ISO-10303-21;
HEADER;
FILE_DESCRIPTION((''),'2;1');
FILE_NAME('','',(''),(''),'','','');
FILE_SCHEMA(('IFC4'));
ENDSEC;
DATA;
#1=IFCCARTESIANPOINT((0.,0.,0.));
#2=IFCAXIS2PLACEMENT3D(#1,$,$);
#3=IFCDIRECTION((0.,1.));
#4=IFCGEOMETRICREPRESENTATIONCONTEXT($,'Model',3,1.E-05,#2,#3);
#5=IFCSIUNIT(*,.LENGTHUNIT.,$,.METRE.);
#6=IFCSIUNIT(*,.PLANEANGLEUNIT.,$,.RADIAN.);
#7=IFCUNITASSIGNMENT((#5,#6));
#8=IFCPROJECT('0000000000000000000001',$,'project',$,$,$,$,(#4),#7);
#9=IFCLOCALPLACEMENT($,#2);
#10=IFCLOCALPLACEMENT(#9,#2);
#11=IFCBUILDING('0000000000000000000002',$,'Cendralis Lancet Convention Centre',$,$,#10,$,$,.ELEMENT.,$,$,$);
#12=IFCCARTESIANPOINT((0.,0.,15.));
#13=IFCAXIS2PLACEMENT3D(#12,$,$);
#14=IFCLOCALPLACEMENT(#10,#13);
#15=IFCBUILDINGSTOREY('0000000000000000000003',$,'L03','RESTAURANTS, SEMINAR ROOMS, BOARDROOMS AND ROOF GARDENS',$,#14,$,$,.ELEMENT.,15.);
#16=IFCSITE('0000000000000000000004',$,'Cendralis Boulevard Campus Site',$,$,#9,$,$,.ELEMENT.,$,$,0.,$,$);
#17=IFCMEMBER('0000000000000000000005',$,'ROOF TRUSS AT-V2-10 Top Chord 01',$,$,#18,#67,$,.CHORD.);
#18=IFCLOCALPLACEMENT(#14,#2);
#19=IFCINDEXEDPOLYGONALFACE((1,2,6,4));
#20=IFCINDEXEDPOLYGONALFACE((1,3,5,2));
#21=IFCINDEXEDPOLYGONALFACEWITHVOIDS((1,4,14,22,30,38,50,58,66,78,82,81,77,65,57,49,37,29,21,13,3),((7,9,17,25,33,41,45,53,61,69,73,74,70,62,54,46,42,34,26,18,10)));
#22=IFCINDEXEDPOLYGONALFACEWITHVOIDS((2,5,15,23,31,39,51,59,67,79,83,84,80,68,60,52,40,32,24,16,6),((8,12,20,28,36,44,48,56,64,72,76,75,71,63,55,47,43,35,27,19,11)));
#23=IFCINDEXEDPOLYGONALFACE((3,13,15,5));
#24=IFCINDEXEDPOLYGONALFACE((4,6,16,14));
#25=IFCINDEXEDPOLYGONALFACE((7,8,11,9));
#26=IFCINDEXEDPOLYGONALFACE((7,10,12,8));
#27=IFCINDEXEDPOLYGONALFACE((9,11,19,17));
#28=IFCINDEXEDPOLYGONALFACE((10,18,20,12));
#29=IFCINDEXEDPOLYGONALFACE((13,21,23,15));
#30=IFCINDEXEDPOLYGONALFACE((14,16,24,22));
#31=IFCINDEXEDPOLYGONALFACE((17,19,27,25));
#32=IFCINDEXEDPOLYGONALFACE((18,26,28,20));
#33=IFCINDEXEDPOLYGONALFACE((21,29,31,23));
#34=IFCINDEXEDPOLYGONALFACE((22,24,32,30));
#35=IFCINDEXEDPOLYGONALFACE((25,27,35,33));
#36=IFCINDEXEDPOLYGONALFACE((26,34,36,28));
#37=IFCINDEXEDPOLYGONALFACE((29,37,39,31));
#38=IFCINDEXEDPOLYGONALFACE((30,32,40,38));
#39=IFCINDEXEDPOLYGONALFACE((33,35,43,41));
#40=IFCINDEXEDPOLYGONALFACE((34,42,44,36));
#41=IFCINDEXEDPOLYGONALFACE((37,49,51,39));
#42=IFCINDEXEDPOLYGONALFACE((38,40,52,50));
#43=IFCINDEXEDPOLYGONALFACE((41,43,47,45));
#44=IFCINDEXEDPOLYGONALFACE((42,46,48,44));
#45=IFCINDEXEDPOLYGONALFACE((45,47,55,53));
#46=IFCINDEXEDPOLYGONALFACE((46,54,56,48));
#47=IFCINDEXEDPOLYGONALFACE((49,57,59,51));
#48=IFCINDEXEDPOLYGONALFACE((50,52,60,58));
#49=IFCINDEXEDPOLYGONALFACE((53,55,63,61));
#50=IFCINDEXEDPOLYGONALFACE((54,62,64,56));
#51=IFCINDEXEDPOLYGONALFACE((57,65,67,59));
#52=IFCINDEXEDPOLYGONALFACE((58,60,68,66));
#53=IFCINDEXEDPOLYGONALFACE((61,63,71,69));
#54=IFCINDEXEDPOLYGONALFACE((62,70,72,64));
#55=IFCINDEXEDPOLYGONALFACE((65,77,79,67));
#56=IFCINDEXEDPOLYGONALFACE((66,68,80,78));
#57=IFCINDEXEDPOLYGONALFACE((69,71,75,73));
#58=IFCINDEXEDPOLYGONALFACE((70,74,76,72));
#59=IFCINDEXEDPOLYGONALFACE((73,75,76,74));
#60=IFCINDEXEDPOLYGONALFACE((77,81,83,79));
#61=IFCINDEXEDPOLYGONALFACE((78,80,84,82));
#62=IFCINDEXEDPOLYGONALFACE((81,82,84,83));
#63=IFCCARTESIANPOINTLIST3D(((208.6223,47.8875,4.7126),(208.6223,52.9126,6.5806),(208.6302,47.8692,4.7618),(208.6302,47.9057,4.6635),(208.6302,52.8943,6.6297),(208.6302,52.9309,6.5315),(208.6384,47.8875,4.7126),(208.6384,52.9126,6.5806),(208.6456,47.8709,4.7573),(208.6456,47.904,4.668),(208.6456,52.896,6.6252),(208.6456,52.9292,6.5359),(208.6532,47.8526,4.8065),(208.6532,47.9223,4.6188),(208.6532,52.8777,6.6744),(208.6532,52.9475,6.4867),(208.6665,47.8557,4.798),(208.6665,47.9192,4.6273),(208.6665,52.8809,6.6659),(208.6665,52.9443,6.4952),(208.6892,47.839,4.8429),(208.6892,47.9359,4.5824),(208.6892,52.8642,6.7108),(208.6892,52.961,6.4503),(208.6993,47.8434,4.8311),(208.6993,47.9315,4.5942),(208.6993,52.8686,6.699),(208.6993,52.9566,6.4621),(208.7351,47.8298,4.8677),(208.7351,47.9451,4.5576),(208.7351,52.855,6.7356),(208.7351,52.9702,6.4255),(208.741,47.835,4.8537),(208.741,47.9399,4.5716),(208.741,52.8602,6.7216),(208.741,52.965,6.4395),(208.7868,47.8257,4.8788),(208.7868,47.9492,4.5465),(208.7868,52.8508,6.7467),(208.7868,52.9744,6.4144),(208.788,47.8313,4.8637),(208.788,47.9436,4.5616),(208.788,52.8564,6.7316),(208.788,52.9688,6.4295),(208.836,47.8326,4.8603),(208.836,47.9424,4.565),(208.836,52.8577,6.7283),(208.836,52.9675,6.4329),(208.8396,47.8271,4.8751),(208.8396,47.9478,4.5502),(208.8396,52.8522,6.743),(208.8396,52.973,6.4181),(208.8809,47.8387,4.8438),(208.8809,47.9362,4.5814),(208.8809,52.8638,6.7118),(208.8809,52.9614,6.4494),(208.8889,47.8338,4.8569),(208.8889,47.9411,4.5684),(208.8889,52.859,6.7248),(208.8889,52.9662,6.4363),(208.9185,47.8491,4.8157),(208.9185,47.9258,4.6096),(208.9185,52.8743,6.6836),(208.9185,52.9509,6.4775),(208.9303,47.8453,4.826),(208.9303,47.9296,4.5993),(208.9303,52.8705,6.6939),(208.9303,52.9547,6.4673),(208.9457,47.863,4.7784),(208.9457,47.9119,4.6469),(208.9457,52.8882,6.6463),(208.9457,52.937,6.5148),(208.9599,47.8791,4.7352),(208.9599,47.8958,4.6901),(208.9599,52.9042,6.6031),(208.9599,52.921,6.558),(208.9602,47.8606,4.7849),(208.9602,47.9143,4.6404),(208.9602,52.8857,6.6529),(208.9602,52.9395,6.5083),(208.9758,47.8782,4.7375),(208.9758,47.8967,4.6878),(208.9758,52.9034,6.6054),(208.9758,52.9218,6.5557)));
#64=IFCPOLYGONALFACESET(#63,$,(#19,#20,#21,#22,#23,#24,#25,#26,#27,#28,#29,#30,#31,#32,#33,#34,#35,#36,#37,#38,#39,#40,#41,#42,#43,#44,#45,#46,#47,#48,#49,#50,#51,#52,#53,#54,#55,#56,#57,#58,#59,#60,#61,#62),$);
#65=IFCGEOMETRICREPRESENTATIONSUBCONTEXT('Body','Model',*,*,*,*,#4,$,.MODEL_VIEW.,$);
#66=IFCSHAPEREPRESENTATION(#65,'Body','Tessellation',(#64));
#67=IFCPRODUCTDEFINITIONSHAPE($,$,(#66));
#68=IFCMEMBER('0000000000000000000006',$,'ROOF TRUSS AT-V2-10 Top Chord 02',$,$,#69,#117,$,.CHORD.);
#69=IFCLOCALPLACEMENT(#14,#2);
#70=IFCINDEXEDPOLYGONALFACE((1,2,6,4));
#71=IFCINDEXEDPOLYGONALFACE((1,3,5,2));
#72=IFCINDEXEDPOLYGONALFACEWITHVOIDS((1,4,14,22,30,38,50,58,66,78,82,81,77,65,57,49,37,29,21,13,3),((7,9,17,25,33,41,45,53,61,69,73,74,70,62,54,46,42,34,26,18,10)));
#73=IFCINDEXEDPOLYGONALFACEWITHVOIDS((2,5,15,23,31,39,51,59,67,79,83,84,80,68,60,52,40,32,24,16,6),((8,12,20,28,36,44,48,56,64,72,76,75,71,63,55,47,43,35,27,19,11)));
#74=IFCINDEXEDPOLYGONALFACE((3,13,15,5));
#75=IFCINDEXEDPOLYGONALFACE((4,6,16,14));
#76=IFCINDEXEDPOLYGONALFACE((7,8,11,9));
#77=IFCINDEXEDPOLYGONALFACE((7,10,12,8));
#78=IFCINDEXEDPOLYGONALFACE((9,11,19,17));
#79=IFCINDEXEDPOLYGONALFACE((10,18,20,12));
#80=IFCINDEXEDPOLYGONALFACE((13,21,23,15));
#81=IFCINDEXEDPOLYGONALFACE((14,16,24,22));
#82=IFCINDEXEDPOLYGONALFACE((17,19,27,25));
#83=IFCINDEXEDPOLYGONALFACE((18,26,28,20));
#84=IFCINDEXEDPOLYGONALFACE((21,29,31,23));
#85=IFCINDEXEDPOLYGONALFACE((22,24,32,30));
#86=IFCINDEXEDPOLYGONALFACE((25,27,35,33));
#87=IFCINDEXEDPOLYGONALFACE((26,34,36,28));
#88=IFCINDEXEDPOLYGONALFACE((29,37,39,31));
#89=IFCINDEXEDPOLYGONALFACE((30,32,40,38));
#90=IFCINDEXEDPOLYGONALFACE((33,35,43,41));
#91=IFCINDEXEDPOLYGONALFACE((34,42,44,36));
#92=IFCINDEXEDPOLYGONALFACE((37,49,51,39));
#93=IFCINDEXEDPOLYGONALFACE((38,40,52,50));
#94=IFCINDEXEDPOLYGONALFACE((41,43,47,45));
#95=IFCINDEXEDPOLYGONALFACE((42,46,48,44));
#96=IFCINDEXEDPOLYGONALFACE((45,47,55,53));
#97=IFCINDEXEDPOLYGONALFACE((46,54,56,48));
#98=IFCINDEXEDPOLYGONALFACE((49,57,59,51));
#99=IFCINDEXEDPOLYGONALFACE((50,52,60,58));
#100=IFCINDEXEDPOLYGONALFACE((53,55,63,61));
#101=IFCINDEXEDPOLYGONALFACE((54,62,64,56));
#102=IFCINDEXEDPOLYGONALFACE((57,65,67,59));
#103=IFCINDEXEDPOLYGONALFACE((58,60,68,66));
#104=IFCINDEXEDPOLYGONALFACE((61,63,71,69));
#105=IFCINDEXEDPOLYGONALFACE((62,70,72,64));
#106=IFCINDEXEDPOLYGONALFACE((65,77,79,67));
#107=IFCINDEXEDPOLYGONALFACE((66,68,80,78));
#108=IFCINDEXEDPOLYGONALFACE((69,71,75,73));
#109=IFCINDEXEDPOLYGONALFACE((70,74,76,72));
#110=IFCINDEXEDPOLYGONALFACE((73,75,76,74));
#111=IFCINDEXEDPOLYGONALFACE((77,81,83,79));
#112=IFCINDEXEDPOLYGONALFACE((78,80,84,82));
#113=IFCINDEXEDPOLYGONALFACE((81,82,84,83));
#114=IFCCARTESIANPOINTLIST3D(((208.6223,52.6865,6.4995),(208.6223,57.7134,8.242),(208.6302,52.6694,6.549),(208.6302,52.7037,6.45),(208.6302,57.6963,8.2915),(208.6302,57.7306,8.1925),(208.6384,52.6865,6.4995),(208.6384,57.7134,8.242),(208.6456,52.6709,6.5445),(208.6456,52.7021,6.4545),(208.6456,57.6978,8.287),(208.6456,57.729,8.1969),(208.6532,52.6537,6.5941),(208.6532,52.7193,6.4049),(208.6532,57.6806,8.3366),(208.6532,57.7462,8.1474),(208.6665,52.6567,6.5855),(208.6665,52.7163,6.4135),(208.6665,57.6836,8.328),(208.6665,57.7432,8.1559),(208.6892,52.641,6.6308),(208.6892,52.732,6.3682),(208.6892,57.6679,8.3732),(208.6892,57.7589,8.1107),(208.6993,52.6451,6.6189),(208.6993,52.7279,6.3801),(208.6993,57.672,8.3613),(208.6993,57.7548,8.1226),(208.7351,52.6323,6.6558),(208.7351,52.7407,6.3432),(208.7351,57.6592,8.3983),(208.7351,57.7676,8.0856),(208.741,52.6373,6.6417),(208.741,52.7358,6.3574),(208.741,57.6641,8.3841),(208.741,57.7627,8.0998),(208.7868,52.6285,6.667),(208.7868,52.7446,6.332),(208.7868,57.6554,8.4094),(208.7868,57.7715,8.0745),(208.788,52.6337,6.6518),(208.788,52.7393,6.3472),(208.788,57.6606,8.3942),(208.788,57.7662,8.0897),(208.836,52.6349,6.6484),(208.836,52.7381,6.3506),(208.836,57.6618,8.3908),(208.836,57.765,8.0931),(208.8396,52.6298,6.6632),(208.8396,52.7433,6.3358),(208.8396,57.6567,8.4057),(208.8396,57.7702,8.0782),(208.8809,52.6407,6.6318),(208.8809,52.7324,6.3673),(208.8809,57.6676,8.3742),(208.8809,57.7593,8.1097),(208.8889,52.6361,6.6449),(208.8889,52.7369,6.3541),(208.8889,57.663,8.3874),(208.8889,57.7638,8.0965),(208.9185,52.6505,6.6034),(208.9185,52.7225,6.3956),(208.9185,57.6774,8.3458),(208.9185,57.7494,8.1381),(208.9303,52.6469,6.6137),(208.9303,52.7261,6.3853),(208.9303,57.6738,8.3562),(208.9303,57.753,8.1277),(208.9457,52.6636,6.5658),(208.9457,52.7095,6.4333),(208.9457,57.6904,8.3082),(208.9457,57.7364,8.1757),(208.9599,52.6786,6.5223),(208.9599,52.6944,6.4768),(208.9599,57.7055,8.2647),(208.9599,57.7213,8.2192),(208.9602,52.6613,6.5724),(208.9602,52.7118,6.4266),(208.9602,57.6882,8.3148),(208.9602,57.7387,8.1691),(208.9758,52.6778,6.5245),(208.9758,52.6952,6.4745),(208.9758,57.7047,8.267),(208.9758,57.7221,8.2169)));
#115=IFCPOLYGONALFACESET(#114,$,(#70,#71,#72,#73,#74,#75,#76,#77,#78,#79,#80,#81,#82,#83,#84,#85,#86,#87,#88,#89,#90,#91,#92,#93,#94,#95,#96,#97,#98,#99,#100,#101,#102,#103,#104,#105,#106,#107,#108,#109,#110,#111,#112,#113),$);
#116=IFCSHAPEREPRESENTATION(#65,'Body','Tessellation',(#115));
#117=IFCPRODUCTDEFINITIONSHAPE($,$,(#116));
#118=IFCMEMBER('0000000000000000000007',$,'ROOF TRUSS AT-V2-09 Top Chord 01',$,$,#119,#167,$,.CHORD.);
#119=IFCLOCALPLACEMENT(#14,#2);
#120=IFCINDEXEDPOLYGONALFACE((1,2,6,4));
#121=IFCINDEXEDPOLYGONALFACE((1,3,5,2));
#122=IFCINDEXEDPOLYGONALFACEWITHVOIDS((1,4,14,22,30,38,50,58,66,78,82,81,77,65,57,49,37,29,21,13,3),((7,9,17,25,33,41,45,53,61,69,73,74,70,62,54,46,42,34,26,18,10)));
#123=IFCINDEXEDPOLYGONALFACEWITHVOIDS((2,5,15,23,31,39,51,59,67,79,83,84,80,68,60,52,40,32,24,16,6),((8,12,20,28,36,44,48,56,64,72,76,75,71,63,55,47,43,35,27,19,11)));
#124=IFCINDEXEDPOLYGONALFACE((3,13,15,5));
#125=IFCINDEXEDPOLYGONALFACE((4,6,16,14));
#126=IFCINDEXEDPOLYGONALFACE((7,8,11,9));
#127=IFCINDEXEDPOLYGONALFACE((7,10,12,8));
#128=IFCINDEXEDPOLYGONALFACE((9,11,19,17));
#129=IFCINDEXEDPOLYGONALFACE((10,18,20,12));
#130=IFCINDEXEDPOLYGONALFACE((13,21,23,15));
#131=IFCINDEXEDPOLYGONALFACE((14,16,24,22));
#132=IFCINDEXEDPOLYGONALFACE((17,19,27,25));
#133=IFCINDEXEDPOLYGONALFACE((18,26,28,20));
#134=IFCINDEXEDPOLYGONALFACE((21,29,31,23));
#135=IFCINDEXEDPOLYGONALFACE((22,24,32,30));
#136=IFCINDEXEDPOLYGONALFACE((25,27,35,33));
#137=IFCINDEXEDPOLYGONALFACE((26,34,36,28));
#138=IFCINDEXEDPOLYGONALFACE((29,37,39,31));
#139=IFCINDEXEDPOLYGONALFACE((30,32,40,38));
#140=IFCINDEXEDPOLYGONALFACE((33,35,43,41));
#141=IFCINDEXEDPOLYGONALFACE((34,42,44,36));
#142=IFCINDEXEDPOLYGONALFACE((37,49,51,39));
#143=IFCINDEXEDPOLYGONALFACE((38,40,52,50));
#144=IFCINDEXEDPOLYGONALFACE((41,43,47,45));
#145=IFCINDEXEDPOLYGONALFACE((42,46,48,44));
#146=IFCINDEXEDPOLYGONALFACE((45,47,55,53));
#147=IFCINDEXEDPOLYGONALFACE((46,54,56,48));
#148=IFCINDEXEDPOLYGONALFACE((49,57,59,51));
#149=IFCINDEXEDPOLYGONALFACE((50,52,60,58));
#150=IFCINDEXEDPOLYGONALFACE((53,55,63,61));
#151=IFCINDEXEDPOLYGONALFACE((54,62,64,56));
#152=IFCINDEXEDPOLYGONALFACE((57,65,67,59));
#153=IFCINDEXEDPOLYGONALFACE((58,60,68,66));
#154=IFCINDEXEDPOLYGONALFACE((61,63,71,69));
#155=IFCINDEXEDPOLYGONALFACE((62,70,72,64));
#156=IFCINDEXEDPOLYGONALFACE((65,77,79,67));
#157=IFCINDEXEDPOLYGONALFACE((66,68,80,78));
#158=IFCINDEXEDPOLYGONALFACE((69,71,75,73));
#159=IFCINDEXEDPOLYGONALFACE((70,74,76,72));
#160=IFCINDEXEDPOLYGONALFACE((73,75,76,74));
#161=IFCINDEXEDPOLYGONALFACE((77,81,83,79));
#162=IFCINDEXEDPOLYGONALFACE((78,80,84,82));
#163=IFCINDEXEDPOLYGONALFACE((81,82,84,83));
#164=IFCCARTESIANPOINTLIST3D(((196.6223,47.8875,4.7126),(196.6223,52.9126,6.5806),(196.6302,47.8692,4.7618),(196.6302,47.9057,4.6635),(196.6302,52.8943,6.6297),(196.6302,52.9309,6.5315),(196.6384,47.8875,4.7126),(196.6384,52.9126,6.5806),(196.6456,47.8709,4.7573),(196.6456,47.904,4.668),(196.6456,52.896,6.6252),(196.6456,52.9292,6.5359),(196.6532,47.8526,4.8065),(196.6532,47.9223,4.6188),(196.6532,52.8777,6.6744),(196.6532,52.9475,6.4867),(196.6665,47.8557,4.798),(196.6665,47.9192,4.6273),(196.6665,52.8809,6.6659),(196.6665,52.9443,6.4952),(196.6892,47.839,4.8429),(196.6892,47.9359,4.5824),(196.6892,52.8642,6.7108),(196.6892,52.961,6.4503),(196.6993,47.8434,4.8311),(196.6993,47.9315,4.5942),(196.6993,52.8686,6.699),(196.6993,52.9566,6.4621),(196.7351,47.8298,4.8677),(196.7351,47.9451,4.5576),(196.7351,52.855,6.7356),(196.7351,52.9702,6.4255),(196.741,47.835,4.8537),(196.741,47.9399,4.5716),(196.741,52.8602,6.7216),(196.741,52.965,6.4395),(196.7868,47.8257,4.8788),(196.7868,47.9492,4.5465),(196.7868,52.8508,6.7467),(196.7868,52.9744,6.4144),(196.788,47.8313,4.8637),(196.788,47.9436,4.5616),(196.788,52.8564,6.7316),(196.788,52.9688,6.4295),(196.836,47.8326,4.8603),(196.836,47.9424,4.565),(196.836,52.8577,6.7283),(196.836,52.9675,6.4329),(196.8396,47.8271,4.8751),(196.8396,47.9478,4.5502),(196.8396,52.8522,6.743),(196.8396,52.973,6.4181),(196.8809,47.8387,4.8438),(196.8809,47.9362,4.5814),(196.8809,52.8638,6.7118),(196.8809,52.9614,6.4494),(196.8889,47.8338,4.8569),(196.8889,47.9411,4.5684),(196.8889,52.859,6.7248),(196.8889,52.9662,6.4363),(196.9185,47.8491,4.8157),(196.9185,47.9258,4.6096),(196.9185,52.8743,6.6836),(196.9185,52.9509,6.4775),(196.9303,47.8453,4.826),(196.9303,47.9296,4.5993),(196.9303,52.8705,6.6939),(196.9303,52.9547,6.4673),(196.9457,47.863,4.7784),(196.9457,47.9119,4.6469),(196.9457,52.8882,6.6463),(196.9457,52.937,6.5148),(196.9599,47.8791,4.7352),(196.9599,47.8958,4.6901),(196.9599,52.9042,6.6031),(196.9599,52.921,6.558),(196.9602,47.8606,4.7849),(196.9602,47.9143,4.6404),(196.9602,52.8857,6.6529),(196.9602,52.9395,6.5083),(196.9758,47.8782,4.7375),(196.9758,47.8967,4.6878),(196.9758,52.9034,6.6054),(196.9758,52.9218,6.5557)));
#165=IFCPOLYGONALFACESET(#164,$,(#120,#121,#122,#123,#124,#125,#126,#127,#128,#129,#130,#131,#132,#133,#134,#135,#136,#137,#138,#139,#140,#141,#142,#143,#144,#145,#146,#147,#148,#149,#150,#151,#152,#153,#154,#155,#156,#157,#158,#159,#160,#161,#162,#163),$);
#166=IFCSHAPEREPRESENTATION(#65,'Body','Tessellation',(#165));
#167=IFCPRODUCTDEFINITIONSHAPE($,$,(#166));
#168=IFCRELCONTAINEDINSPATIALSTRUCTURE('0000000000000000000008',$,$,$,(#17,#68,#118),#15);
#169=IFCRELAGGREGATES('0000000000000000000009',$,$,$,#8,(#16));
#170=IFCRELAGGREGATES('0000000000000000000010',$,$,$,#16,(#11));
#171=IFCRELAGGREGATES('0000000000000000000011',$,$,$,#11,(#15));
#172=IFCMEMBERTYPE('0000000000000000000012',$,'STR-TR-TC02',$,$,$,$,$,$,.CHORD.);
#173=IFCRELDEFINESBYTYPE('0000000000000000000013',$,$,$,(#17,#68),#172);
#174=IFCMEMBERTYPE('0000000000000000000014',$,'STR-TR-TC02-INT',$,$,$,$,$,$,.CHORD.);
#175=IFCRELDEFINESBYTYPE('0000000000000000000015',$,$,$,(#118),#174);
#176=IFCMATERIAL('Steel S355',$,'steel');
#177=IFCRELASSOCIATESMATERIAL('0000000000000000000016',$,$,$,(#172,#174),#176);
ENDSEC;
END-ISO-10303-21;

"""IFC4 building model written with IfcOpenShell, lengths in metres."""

from ifc_helpers import new_model, si_unit, direction, frame, origin, origin_2d, place, context, subcontext, project, spatial, hollow_circle, extrude, material, material_profile, profile_set, type_object, element, save


model = new_model("IFC4")

# Units and contexts
model_context = context("Model", 3, precision=1e-05, world=origin(), true_north=direction((0.0, 1.0)))
body_context = subcontext(model_context, "Body", "Model", "MODEL_VIEW")
ifc_project = project(units=[si_unit("LENGTHUNIT", "METRE"), si_unit("PLANEANGLEUNIT", "RADIAN")], contexts=[model_context])

# Site, building, storey
site_placement = place(None, origin())
site = spatial("IfcSite", under=ifc_project, at=site_placement, Name="Cendralis Boulevard Campus Site", CompositionType="ELEMENT", RefElevation=0.0)
building_placement = place(site_placement, origin())
building = spatial("IfcBuilding", under=site, at=building_placement, Name="Cendralis Lancet Convention Centre", CompositionType="ELEMENT")
storey_placement = place(building_placement, frame((0.0, 0.0, 15.0)))
storey = spatial("IfcBuildingStorey", under=building, at=storey_placement, Name="L03", Description="RESTAURANTS, SEMINAR ROOMS, BOARDROOMS AND ROOF GARDENS", CompositionType="ELEMENT", Elevation=15.0)

# Shared definitions
ifc_material_1 = material(Name="Steel S355", Category="steel")

# Members
ifc_material_profile_1 = material_profile(ifc_material_1, hollow_circle(Radius=0.1777, WallThickness=0.0161, at=origin_2d()), Name="CHS 355.6x16.0")
ifc_profile_set_1 = profile_set([ifc_material_profile_1], Name="Steel S355")
member_type_1 = type_object("IfcMemberType", Name="STR-TR-TC02", PredefinedType="CHORD", material=ifc_profile_set_1)
member_1_placement = place(storey_placement, frame((208.8, 47.8875, 4.7126), z_axis=(0.0, 0.937338, 0.348422), x_axis=(-1.0, 0.0, 0.0)))
element("IfcMember", 1, at=member_1_placement, inside=storey, type_object=member_type_1, Name="ROOF TRUSS AT-V2-10 Top Chord 01", PredefinedType="CHORD", context=body_context, shape_type="SweptSolid", body=[
    extrude(hollow_circle(Radius=0.1777, WallThickness=0.0161, at=origin_2d()), origin(), (0.0, 0.0, 1.0), 5.3611),
])
member_2_placement = place(storey_placement, frame((208.8, 52.6865, 6.4995), z_axis=(0.0, 0.944849, 0.327508), x_axis=(-1.0, 0.0, 0.0)))
element("IfcMember", 2, at=member_2_placement, inside=storey, type_object=member_type_1, Name="ROOF TRUSS AT-V2-10 Top Chord 02", PredefinedType="CHORD", context=body_context, shape_type="SweptSolid", body=[
    extrude(hollow_circle(Radius=0.1777, WallThickness=0.0161, at=origin_2d()), origin(), (0.0, 0.0, 1.0), 5.3203),
])
ifc_material_profile_2 = material_profile(ifc_material_1, hollow_circle(Radius=0.1777, WallThickness=0.0161, at=origin_2d()), Name="CHS 355.6x16.0")
ifc_profile_set_2 = profile_set([ifc_material_profile_2], Name="Steel S355")
member_type_2 = type_object("IfcMemberType", Name="STR-TR-TC02-INT", PredefinedType="CHORD", material=ifc_profile_set_2)
member_3_placement = place(storey_placement, frame((196.8, 47.8875, 4.7126), z_axis=(0.0, 0.937338, 0.348422), x_axis=(-1.0, 0.0, 0.0)))
element("IfcMember", 3, at=member_3_placement, inside=storey, type_object=member_type_2, Name="ROOF TRUSS AT-V2-09 Top Chord 01", PredefinedType="CHORD", context=body_context, shape_type="SweptSolid", body=[
    extrude(hollow_circle(Radius=0.1777, WallThickness=0.0161, at=origin_2d()), origin(), (0.0, 0.0, 1.0), 5.3611),
])

save(model, "model.ifc")
